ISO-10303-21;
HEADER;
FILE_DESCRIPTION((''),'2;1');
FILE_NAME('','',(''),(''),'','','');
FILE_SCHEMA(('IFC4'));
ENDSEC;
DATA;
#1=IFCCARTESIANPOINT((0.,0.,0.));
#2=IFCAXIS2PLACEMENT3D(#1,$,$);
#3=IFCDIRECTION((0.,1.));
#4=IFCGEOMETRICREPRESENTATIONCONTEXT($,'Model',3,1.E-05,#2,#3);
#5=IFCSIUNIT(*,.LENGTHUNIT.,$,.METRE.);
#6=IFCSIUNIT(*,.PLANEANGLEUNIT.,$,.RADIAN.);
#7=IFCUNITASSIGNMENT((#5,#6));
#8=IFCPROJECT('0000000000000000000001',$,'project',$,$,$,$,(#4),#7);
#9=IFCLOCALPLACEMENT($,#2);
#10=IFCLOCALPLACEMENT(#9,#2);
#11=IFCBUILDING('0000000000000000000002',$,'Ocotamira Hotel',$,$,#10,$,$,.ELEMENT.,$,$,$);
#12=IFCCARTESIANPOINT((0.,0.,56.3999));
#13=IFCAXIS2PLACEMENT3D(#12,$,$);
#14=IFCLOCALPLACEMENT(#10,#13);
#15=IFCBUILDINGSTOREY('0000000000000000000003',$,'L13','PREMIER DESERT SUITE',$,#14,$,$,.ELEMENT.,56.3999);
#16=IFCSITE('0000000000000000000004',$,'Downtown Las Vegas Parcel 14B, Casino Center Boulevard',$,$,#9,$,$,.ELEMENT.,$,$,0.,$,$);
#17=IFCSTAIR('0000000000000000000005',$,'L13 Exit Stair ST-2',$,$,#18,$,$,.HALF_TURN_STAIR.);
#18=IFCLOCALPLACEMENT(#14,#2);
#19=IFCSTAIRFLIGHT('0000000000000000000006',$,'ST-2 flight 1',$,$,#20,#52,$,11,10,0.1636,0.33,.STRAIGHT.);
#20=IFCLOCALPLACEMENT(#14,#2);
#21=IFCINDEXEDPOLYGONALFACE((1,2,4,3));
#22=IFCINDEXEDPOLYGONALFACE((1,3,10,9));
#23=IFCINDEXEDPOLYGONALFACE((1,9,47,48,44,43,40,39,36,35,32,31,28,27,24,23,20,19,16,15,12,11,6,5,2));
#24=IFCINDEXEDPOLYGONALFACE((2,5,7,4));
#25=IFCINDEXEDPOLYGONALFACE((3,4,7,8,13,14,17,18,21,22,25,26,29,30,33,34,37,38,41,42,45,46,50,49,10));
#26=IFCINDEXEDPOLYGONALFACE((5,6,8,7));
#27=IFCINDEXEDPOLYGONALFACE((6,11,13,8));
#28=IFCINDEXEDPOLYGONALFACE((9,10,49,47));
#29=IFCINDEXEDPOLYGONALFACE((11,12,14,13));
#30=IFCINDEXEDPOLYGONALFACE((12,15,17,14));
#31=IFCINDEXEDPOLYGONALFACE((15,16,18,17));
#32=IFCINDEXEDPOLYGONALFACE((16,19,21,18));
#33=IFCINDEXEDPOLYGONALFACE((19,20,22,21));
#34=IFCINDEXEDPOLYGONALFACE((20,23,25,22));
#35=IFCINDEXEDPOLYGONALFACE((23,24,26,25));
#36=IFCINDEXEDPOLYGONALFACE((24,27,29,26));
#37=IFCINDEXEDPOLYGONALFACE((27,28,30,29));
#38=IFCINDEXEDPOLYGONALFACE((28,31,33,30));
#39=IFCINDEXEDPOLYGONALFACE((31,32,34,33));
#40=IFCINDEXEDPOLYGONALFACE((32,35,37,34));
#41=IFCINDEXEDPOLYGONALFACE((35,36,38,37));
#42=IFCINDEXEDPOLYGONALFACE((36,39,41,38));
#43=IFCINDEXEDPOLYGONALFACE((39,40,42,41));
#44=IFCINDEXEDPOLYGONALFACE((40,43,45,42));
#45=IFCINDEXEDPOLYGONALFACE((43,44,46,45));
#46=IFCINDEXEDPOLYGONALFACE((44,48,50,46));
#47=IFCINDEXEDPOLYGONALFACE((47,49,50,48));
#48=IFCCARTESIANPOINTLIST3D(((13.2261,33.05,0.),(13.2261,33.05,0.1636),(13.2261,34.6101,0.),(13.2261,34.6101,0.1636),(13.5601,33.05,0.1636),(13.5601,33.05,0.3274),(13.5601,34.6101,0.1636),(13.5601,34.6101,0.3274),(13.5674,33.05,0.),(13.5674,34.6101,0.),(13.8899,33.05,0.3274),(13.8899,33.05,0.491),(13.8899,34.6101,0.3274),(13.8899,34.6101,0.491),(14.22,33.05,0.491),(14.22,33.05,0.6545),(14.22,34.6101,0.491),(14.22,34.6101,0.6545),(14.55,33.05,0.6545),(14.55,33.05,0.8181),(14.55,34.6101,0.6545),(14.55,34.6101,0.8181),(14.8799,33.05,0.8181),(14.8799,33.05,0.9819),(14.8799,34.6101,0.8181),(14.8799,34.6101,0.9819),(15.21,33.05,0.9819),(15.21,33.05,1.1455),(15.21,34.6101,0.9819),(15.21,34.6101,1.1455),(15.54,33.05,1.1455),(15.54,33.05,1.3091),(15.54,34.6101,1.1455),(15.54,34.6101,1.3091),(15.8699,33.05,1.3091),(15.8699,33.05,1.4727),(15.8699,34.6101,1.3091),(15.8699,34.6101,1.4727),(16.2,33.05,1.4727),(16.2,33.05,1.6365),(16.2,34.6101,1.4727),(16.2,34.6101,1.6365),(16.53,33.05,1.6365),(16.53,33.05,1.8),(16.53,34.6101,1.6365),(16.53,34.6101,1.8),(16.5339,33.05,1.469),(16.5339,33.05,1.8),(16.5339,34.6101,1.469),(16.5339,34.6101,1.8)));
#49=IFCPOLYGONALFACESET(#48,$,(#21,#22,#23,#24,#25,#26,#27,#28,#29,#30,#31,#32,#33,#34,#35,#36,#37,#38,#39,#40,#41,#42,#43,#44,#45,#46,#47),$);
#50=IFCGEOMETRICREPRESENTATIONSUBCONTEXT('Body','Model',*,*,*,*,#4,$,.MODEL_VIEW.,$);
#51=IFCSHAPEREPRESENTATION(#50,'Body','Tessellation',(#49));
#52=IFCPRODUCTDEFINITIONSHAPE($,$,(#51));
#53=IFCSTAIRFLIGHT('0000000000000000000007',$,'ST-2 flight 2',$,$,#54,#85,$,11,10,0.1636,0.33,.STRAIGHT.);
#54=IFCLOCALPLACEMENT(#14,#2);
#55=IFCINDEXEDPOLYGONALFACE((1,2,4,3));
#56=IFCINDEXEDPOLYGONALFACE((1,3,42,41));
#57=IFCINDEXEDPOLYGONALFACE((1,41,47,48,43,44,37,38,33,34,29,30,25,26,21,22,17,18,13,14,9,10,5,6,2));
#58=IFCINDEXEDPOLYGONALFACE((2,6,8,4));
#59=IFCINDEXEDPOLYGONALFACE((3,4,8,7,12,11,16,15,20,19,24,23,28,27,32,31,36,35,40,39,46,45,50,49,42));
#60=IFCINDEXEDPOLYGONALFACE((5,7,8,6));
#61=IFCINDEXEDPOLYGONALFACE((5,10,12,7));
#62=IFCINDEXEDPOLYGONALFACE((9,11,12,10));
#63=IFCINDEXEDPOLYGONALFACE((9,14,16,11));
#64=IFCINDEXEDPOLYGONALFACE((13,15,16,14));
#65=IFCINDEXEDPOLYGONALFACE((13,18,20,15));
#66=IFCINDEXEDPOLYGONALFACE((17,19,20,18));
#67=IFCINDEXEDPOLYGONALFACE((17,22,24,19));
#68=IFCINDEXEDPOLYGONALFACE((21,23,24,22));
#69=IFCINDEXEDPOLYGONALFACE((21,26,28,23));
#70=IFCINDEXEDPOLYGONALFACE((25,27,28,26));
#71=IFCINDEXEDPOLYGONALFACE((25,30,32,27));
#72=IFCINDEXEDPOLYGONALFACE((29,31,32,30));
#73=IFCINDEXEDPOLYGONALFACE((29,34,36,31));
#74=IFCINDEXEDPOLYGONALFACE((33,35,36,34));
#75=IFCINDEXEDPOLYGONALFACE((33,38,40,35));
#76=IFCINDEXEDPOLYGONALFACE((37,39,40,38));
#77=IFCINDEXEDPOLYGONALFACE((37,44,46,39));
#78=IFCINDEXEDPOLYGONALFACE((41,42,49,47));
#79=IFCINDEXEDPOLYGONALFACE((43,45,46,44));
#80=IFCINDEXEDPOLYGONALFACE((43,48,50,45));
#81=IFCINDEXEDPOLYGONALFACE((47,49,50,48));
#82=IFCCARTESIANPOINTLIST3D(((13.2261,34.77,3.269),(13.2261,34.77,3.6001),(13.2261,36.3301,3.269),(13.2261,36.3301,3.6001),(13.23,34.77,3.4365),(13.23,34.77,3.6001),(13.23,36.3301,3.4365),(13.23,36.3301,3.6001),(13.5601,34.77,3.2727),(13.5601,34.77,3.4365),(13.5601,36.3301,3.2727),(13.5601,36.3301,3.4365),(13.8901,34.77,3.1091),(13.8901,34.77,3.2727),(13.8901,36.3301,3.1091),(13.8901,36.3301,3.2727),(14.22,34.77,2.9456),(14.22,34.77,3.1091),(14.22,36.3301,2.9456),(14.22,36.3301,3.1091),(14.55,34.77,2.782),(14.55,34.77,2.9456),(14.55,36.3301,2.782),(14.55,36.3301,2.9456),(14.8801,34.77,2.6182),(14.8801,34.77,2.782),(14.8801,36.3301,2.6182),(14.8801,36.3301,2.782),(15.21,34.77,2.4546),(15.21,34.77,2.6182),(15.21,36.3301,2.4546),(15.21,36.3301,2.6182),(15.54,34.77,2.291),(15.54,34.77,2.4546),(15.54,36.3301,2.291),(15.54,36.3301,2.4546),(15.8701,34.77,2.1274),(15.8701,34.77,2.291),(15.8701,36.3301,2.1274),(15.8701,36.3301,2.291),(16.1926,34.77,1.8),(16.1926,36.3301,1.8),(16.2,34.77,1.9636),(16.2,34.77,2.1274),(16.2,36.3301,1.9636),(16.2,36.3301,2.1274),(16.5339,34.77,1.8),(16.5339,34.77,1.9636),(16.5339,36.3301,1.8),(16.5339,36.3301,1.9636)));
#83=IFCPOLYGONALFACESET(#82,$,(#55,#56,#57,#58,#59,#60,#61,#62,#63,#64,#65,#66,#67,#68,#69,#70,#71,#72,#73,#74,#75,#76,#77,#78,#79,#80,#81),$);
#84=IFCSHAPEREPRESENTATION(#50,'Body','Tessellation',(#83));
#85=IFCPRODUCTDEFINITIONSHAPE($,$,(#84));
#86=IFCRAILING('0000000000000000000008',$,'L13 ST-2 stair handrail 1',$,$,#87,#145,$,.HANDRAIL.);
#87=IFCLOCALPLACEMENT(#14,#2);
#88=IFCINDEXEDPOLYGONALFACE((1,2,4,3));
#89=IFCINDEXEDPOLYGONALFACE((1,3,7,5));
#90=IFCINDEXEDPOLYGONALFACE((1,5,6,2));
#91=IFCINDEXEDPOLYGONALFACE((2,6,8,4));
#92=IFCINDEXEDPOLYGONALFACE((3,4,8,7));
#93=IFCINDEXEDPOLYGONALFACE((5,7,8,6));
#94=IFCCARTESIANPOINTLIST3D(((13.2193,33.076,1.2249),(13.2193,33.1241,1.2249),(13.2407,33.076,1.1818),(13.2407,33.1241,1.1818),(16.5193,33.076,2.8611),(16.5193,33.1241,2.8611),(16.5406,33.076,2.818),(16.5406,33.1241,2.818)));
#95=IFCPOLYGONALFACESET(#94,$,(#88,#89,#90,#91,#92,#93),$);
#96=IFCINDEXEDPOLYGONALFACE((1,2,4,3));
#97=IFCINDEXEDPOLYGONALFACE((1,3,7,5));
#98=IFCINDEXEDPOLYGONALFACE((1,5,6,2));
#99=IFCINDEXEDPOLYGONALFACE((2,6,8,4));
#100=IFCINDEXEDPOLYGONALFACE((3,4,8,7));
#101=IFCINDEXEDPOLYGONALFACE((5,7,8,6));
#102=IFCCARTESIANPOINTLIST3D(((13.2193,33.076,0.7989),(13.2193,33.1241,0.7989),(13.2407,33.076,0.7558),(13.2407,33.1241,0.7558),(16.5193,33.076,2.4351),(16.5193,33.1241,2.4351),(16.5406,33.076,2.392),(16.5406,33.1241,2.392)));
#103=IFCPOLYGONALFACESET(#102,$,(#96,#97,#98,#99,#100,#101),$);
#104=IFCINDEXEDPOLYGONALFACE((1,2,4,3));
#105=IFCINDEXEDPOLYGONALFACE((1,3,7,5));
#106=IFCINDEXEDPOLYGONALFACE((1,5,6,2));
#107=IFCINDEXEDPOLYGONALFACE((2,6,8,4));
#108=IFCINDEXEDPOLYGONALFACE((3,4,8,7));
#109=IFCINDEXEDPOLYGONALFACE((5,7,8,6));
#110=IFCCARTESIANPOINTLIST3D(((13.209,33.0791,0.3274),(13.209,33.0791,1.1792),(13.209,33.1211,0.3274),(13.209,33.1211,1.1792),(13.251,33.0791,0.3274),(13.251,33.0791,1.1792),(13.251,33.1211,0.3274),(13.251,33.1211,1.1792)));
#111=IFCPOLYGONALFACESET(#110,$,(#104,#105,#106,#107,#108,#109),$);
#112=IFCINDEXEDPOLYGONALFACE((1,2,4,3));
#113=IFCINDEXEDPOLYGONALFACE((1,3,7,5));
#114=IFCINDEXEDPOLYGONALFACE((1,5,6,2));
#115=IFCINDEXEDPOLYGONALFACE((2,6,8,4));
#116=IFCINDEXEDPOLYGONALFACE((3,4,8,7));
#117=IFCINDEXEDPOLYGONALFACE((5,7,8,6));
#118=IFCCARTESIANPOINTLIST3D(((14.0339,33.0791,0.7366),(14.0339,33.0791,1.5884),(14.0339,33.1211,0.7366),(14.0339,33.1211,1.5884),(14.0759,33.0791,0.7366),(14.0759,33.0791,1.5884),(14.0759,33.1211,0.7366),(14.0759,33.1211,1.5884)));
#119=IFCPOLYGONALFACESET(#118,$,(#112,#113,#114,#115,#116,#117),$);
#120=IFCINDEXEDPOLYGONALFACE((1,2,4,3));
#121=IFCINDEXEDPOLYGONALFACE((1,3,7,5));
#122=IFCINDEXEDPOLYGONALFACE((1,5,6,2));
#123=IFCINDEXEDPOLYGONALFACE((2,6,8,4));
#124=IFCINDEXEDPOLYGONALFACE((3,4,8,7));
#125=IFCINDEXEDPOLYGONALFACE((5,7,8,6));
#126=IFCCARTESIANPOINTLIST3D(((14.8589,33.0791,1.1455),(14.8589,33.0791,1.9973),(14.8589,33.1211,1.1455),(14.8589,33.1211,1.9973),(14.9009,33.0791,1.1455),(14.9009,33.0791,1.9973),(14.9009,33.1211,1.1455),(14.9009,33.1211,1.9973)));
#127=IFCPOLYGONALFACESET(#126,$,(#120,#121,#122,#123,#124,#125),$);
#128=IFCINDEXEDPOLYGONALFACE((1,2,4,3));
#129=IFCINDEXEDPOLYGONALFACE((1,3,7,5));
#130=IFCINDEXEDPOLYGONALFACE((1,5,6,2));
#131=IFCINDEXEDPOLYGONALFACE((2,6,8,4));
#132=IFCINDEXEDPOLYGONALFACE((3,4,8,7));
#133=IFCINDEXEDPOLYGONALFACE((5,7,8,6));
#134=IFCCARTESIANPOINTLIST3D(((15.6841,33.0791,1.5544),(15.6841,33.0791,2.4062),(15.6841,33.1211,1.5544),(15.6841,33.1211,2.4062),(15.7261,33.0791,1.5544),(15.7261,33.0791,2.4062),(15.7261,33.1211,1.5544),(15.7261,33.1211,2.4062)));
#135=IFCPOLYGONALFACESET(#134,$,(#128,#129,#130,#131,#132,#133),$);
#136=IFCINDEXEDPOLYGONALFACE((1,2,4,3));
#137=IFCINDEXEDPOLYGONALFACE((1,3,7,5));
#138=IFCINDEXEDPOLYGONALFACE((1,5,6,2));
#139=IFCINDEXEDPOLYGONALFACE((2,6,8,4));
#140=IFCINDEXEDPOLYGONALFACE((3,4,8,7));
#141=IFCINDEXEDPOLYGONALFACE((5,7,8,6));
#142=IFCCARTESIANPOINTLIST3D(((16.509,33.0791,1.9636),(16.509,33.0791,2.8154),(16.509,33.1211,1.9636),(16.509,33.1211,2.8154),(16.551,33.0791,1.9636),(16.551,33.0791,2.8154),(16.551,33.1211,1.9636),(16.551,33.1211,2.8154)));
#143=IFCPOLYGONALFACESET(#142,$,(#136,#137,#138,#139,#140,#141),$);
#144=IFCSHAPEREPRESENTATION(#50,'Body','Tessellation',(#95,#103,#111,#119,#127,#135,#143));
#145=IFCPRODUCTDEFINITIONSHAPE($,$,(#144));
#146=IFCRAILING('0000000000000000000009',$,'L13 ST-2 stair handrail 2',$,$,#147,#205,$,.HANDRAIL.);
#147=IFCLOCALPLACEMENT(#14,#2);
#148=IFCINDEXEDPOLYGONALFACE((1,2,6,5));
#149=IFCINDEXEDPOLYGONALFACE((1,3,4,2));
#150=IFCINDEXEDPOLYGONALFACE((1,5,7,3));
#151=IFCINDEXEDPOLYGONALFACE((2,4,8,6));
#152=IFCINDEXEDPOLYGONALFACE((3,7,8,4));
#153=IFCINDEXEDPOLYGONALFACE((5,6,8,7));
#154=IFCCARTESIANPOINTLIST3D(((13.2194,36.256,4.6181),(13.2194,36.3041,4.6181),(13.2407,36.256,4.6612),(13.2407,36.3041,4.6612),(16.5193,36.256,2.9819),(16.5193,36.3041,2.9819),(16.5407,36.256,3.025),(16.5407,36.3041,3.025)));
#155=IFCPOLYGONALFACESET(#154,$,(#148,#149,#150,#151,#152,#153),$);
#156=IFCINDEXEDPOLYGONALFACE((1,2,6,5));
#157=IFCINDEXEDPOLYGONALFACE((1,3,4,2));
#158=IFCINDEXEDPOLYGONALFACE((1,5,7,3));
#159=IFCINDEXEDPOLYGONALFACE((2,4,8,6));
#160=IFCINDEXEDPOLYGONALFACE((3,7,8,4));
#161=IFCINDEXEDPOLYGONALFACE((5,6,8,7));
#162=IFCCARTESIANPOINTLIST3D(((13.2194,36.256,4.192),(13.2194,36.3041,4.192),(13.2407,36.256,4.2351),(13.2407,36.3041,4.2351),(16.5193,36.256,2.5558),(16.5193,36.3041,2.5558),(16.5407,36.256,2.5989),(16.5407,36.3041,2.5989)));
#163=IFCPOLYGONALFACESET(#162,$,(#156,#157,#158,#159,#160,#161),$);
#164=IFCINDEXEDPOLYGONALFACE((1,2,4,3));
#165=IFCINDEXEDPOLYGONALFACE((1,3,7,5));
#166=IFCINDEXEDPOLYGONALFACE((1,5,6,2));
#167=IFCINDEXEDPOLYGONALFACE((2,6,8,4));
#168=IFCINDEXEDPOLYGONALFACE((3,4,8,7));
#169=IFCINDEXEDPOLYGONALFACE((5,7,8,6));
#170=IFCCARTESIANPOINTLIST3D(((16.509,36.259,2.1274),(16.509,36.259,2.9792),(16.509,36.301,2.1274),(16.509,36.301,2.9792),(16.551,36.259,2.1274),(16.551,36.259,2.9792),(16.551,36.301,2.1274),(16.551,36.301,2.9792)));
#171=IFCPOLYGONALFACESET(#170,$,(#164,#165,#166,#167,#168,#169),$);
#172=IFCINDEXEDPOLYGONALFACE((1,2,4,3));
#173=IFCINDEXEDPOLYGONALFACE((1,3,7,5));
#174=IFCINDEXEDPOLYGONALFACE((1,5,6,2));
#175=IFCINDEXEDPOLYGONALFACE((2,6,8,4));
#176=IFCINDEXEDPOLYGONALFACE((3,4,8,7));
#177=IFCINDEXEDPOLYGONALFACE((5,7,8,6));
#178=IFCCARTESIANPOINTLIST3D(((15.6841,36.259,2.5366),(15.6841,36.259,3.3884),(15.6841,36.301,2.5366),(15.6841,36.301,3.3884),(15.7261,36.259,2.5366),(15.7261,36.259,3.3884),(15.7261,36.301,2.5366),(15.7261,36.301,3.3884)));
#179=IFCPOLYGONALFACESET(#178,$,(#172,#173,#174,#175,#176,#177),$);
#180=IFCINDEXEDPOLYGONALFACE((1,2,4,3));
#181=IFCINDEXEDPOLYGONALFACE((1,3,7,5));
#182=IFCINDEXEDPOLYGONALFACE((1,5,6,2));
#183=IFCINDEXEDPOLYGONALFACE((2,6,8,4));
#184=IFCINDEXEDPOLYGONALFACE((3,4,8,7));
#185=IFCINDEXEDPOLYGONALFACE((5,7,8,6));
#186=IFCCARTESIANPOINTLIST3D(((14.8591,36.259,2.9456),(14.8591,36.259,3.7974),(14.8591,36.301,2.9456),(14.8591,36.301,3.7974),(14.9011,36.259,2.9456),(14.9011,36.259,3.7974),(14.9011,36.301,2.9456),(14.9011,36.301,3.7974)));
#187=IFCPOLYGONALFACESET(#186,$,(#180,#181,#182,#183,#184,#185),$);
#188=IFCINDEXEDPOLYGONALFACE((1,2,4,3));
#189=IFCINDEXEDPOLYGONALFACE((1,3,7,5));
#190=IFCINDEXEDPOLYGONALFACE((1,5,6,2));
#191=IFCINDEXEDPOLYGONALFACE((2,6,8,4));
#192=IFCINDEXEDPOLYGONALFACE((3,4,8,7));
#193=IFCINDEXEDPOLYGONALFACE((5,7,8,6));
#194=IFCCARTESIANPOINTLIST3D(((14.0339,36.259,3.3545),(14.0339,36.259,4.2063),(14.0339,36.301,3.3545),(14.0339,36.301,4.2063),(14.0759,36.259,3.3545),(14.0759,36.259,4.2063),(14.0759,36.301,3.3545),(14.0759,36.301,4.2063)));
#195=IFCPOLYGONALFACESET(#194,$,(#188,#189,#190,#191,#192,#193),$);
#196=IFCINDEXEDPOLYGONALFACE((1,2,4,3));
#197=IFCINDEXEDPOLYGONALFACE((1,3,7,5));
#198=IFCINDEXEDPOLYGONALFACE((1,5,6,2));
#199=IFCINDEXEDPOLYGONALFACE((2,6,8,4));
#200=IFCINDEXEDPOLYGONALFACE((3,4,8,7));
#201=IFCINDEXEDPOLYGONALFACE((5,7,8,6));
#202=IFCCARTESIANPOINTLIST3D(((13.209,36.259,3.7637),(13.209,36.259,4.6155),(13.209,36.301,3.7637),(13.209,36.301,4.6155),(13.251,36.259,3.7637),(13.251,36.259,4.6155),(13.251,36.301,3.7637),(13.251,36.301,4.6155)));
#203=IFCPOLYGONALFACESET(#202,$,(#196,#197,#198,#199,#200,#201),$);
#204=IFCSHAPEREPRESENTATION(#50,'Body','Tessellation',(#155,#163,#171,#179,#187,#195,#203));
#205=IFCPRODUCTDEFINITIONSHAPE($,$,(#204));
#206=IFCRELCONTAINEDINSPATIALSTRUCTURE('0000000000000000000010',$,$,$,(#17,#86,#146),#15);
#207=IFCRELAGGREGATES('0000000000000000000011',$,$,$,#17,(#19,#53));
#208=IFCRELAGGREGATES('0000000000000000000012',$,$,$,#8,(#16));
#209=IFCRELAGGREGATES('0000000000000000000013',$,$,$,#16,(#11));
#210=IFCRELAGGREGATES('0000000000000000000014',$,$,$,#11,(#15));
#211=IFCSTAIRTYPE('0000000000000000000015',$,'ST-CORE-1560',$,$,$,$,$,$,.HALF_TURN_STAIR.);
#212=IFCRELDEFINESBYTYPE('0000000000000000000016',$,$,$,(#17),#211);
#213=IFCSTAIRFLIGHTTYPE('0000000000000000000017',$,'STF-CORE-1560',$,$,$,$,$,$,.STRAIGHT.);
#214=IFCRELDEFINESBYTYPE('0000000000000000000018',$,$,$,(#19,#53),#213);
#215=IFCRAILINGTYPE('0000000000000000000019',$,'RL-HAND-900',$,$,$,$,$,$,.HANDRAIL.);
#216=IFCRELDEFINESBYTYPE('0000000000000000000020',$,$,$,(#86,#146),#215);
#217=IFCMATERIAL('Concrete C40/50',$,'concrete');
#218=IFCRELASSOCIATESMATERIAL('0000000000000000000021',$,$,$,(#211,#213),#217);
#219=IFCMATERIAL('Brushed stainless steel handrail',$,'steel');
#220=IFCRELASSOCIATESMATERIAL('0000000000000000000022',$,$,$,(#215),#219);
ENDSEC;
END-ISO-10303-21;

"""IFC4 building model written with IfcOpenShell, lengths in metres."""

from ifc_helpers import new_model, si_unit, direction, frame, origin, origin_2d, place, context, subcontext, project, spatial, polyline, rectangle, outline, extrude, source, transform, mapped, material, type_object, element, aggregate, save


model = new_model("IFC4")

# Units and contexts
model_context = context("Model", 3, precision=1e-05, world=origin(), true_north=direction((0.0, 1.0)))
body_context = subcontext(model_context, "Body", "Model", "MODEL_VIEW")
ifc_project = project(units=[si_unit("LENGTHUNIT", "METRE"), si_unit("PLANEANGLEUNIT", "RADIAN")], contexts=[model_context])

# Site, building, storey
site_placement = place(None, origin())
site = spatial("IfcSite", under=ifc_project, at=site_placement, Name="Downtown Las Vegas Parcel 14B, Casino Center Boulevard", CompositionType="ELEMENT", RefElevation=0.0)
building_placement = place(site_placement, origin())
building = spatial("IfcBuilding", under=site, at=building_placement, Name="Ocotamira Hotel", CompositionType="ELEMENT")
storey_placement = place(building_placement, frame((0.0, 0.0, 56.3999)))
storey = spatial("IfcBuildingStorey", under=building, at=storey_placement, Name="L13", Description="PREMIER DESERT SUITE", CompositionType="ELEMENT", Elevation=56.3999)

# Stair, stair flights
ifc_material_1 = material(Name="Concrete C40/50", Category="concrete")
stair_type = type_object("IfcStairType", Name="ST-CORE-1560", PredefinedType="HALF_TURN_STAIR", material=ifc_material_1)
stair_placement = place(storey_placement, origin())
stair = element("IfcStair", 1, at=stair_placement, inside=storey, type_object=stair_type, Name="L13 Exit Stair ST-2", PredefinedType="HALF_TURN_STAIR")
stair_flight_type = type_object("IfcStairFlightType", Name="STF-CORE-1560", PredefinedType="STRAIGHT", material=ifc_material_1)
shared_shape_1 = source(origin(), body_context, "Body", "SweptSolid", [
    extrude(outline(polyline([(-0.0039, 0.0), (-0.0039, 0.1636), (0.3301, 0.1636), (0.3301, 0.3274), (0.6599, 0.3274), (0.6599, 0.491), (0.99, 0.491), (0.99, 0.6545), (1.3201, 0.6545), (1.3201, 0.8181), (1.6499, 0.8181), (1.6499, 0.9819), (1.98, 0.9819), (1.98, 1.1455), (2.3101, 1.1455), (2.3101, 1.3091), (2.6399, 1.3091), (2.6399, 1.4727), (2.97, 1.4727), (2.97, 1.6365), (3.3, 1.6365), (3.3, 1.8), (3.304, 1.8), (3.304, 1.469), (0.3374, 0.0), (-0.0039, 0.0)])), frame((0.0, 0.78, 0.0), z_axis=(0.0, -1.0, 0.0), x_axis=(1.0, 0.0, 0.0)), (0.0, 0.0, 1.0), 1.5601),
])
stair_flight_1_placement = place(storey_placement, frame((13.23, 33.8301, 0.0), z_axis=(0.0, 0.0, 1.0), x_axis=(1.0, 0.0, 0.0)))
stair_flight_1 = element("IfcStairFlight", 2, at=stair_flight_1_placement, type_object=stair_flight_type, Name="ST-2 flight 1", NumberOfRisers=11, NumberOfTreads=10, PredefinedType="STRAIGHT", RiserHeight=0.1636, TreadLength=0.33, context=body_context, shape_type="MappedRepresentation", body=[
    mapped(shared_shape_1, transform((0.0, 0.0, 0.0), scale=1.0)),
])
stair_flight_2_placement = place(storey_placement, frame((16.53, 35.55, 1.8), z_axis=(0.0, 0.0, 1.0), x_axis=(-1.0, 0.0, 0.0)))
stair_flight_2 = element("IfcStairFlight", 3, at=stair_flight_2_placement, type_object=stair_flight_type, Name="ST-2 flight 2", NumberOfRisers=11, NumberOfTreads=10, PredefinedType="STRAIGHT", RiserHeight=0.1636, TreadLength=0.33, context=body_context, shape_type="MappedRepresentation", body=[
    mapped(shared_shape_1, transform((0.0, 0.0, 0.0), scale=1.0)),
])
aggregate(stair, [stair_flight_1, stair_flight_2])

# Railings
ifc_material_2 = material(Name="Brushed stainless steel handrail", Category="steel")
railing_type_1 = type_object("IfcRailingType", Name="RL-HAND-900", PredefinedType="HANDRAIL", material=ifc_material_2)
railing_1_placement = place(storey_placement, frame((13.23, 33.1001, 0.3274)))
element("IfcRailing", 4, at=railing_1_placement, inside=storey, type_object=railing_type_1, Name="L13 ST-2 stair handrail 1", PredefinedType="HANDRAIL", context=body_context, shape_type="SweptSolid", body=[
    extrude(rectangle(XDim=0.0481, YDim=0.0481, at=origin_2d()), frame((0.0, 0.0, 0.876), z_axis=(0.89592, 0.0, 0.444215), x_axis=(0.0, 1.0, 0.0)), (0.0, 0.0, 1.0), 3.6833),
    extrude(rectangle(XDim=0.0481, YDim=0.0481, at=origin_2d()), frame((0.0, 0.0, 0.45), z_axis=(0.89592, 0.0, 0.444215), x_axis=(0.0, 1.0, 0.0)), (0.0, 0.0, 1.0), 3.6833),
    extrude(rectangle(XDim=0.042, YDim=0.042, at=origin_2d()), origin(), (0.0, 0.0, 1.0), 0.8518),
    extrude(rectangle(XDim=0.042, YDim=0.042, at=origin_2d()), frame((0.825, 0.0, 0.4092)), (0.0, 0.0, 1.0), 0.8518),
    extrude(rectangle(XDim=0.042, YDim=0.042, at=origin_2d()), frame((1.6499, 0.0, 0.8181)), (0.0, 0.0, 1.0), 0.8518),
    extrude(rectangle(XDim=0.042, YDim=0.042, at=origin_2d()), frame((2.4751, 0.0, 1.2271)), (0.0, 0.0, 1.0), 0.8518),
    extrude(rectangle(XDim=0.042, YDim=0.042, at=origin_2d()), frame((3.3, 0.0, 1.6362)), (0.0, 0.0, 1.0), 0.8518),
])
railing_2_placement = place(storey_placement, frame((16.53, 36.28, 2.1274)))
element("IfcRailing", 5, at=railing_2_placement, inside=storey, type_object=railing_type_1, Name="L13 ST-2 stair handrail 2", PredefinedType="HANDRAIL", context=body_context, shape_type="SweptSolid", body=[
    extrude(rectangle(XDim=0.0481, YDim=0.0481, at=origin_2d()), frame((0.0, 0.0, 0.876), z_axis=(-0.89592, 0.0, 0.444215), x_axis=(0.0, -1.0, 0.0)), (0.0, 0.0, 1.0), 3.6833),
    extrude(rectangle(XDim=0.0481, YDim=0.0481, at=origin_2d()), frame((0.0, 0.0, 0.45), z_axis=(-0.89592, 0.0, 0.444215), x_axis=(0.0, -1.0, 0.0)), (0.0, 0.0, 1.0), 3.6833),
    extrude(rectangle(XDim=0.042, YDim=0.042, at=origin_2d()), origin(), (0.0, 0.0, 1.0), 0.8518),
    extrude(rectangle(XDim=0.042, YDim=0.042, at=origin_2d()), frame((-0.825, 0.0, 0.4092)), (0.0, 0.0, 1.0), 0.8518),
    extrude(rectangle(XDim=0.042, YDim=0.042, at=origin_2d()), frame((-1.6499, 0.0, 0.8181)), (0.0, 0.0, 1.0), 0.8518),
    extrude(rectangle(XDim=0.042, YDim=0.042, at=origin_2d()), frame((-2.4751, 0.0, 1.2271)), (0.0, 0.0, 1.0), 0.8518),
    extrude(rectangle(XDim=0.042, YDim=0.042, at=origin_2d()), frame((-3.3, 0.0, 1.6362)), (0.0, 0.0, 1.0), 0.8518),
])

save(model, "model.ifc")
